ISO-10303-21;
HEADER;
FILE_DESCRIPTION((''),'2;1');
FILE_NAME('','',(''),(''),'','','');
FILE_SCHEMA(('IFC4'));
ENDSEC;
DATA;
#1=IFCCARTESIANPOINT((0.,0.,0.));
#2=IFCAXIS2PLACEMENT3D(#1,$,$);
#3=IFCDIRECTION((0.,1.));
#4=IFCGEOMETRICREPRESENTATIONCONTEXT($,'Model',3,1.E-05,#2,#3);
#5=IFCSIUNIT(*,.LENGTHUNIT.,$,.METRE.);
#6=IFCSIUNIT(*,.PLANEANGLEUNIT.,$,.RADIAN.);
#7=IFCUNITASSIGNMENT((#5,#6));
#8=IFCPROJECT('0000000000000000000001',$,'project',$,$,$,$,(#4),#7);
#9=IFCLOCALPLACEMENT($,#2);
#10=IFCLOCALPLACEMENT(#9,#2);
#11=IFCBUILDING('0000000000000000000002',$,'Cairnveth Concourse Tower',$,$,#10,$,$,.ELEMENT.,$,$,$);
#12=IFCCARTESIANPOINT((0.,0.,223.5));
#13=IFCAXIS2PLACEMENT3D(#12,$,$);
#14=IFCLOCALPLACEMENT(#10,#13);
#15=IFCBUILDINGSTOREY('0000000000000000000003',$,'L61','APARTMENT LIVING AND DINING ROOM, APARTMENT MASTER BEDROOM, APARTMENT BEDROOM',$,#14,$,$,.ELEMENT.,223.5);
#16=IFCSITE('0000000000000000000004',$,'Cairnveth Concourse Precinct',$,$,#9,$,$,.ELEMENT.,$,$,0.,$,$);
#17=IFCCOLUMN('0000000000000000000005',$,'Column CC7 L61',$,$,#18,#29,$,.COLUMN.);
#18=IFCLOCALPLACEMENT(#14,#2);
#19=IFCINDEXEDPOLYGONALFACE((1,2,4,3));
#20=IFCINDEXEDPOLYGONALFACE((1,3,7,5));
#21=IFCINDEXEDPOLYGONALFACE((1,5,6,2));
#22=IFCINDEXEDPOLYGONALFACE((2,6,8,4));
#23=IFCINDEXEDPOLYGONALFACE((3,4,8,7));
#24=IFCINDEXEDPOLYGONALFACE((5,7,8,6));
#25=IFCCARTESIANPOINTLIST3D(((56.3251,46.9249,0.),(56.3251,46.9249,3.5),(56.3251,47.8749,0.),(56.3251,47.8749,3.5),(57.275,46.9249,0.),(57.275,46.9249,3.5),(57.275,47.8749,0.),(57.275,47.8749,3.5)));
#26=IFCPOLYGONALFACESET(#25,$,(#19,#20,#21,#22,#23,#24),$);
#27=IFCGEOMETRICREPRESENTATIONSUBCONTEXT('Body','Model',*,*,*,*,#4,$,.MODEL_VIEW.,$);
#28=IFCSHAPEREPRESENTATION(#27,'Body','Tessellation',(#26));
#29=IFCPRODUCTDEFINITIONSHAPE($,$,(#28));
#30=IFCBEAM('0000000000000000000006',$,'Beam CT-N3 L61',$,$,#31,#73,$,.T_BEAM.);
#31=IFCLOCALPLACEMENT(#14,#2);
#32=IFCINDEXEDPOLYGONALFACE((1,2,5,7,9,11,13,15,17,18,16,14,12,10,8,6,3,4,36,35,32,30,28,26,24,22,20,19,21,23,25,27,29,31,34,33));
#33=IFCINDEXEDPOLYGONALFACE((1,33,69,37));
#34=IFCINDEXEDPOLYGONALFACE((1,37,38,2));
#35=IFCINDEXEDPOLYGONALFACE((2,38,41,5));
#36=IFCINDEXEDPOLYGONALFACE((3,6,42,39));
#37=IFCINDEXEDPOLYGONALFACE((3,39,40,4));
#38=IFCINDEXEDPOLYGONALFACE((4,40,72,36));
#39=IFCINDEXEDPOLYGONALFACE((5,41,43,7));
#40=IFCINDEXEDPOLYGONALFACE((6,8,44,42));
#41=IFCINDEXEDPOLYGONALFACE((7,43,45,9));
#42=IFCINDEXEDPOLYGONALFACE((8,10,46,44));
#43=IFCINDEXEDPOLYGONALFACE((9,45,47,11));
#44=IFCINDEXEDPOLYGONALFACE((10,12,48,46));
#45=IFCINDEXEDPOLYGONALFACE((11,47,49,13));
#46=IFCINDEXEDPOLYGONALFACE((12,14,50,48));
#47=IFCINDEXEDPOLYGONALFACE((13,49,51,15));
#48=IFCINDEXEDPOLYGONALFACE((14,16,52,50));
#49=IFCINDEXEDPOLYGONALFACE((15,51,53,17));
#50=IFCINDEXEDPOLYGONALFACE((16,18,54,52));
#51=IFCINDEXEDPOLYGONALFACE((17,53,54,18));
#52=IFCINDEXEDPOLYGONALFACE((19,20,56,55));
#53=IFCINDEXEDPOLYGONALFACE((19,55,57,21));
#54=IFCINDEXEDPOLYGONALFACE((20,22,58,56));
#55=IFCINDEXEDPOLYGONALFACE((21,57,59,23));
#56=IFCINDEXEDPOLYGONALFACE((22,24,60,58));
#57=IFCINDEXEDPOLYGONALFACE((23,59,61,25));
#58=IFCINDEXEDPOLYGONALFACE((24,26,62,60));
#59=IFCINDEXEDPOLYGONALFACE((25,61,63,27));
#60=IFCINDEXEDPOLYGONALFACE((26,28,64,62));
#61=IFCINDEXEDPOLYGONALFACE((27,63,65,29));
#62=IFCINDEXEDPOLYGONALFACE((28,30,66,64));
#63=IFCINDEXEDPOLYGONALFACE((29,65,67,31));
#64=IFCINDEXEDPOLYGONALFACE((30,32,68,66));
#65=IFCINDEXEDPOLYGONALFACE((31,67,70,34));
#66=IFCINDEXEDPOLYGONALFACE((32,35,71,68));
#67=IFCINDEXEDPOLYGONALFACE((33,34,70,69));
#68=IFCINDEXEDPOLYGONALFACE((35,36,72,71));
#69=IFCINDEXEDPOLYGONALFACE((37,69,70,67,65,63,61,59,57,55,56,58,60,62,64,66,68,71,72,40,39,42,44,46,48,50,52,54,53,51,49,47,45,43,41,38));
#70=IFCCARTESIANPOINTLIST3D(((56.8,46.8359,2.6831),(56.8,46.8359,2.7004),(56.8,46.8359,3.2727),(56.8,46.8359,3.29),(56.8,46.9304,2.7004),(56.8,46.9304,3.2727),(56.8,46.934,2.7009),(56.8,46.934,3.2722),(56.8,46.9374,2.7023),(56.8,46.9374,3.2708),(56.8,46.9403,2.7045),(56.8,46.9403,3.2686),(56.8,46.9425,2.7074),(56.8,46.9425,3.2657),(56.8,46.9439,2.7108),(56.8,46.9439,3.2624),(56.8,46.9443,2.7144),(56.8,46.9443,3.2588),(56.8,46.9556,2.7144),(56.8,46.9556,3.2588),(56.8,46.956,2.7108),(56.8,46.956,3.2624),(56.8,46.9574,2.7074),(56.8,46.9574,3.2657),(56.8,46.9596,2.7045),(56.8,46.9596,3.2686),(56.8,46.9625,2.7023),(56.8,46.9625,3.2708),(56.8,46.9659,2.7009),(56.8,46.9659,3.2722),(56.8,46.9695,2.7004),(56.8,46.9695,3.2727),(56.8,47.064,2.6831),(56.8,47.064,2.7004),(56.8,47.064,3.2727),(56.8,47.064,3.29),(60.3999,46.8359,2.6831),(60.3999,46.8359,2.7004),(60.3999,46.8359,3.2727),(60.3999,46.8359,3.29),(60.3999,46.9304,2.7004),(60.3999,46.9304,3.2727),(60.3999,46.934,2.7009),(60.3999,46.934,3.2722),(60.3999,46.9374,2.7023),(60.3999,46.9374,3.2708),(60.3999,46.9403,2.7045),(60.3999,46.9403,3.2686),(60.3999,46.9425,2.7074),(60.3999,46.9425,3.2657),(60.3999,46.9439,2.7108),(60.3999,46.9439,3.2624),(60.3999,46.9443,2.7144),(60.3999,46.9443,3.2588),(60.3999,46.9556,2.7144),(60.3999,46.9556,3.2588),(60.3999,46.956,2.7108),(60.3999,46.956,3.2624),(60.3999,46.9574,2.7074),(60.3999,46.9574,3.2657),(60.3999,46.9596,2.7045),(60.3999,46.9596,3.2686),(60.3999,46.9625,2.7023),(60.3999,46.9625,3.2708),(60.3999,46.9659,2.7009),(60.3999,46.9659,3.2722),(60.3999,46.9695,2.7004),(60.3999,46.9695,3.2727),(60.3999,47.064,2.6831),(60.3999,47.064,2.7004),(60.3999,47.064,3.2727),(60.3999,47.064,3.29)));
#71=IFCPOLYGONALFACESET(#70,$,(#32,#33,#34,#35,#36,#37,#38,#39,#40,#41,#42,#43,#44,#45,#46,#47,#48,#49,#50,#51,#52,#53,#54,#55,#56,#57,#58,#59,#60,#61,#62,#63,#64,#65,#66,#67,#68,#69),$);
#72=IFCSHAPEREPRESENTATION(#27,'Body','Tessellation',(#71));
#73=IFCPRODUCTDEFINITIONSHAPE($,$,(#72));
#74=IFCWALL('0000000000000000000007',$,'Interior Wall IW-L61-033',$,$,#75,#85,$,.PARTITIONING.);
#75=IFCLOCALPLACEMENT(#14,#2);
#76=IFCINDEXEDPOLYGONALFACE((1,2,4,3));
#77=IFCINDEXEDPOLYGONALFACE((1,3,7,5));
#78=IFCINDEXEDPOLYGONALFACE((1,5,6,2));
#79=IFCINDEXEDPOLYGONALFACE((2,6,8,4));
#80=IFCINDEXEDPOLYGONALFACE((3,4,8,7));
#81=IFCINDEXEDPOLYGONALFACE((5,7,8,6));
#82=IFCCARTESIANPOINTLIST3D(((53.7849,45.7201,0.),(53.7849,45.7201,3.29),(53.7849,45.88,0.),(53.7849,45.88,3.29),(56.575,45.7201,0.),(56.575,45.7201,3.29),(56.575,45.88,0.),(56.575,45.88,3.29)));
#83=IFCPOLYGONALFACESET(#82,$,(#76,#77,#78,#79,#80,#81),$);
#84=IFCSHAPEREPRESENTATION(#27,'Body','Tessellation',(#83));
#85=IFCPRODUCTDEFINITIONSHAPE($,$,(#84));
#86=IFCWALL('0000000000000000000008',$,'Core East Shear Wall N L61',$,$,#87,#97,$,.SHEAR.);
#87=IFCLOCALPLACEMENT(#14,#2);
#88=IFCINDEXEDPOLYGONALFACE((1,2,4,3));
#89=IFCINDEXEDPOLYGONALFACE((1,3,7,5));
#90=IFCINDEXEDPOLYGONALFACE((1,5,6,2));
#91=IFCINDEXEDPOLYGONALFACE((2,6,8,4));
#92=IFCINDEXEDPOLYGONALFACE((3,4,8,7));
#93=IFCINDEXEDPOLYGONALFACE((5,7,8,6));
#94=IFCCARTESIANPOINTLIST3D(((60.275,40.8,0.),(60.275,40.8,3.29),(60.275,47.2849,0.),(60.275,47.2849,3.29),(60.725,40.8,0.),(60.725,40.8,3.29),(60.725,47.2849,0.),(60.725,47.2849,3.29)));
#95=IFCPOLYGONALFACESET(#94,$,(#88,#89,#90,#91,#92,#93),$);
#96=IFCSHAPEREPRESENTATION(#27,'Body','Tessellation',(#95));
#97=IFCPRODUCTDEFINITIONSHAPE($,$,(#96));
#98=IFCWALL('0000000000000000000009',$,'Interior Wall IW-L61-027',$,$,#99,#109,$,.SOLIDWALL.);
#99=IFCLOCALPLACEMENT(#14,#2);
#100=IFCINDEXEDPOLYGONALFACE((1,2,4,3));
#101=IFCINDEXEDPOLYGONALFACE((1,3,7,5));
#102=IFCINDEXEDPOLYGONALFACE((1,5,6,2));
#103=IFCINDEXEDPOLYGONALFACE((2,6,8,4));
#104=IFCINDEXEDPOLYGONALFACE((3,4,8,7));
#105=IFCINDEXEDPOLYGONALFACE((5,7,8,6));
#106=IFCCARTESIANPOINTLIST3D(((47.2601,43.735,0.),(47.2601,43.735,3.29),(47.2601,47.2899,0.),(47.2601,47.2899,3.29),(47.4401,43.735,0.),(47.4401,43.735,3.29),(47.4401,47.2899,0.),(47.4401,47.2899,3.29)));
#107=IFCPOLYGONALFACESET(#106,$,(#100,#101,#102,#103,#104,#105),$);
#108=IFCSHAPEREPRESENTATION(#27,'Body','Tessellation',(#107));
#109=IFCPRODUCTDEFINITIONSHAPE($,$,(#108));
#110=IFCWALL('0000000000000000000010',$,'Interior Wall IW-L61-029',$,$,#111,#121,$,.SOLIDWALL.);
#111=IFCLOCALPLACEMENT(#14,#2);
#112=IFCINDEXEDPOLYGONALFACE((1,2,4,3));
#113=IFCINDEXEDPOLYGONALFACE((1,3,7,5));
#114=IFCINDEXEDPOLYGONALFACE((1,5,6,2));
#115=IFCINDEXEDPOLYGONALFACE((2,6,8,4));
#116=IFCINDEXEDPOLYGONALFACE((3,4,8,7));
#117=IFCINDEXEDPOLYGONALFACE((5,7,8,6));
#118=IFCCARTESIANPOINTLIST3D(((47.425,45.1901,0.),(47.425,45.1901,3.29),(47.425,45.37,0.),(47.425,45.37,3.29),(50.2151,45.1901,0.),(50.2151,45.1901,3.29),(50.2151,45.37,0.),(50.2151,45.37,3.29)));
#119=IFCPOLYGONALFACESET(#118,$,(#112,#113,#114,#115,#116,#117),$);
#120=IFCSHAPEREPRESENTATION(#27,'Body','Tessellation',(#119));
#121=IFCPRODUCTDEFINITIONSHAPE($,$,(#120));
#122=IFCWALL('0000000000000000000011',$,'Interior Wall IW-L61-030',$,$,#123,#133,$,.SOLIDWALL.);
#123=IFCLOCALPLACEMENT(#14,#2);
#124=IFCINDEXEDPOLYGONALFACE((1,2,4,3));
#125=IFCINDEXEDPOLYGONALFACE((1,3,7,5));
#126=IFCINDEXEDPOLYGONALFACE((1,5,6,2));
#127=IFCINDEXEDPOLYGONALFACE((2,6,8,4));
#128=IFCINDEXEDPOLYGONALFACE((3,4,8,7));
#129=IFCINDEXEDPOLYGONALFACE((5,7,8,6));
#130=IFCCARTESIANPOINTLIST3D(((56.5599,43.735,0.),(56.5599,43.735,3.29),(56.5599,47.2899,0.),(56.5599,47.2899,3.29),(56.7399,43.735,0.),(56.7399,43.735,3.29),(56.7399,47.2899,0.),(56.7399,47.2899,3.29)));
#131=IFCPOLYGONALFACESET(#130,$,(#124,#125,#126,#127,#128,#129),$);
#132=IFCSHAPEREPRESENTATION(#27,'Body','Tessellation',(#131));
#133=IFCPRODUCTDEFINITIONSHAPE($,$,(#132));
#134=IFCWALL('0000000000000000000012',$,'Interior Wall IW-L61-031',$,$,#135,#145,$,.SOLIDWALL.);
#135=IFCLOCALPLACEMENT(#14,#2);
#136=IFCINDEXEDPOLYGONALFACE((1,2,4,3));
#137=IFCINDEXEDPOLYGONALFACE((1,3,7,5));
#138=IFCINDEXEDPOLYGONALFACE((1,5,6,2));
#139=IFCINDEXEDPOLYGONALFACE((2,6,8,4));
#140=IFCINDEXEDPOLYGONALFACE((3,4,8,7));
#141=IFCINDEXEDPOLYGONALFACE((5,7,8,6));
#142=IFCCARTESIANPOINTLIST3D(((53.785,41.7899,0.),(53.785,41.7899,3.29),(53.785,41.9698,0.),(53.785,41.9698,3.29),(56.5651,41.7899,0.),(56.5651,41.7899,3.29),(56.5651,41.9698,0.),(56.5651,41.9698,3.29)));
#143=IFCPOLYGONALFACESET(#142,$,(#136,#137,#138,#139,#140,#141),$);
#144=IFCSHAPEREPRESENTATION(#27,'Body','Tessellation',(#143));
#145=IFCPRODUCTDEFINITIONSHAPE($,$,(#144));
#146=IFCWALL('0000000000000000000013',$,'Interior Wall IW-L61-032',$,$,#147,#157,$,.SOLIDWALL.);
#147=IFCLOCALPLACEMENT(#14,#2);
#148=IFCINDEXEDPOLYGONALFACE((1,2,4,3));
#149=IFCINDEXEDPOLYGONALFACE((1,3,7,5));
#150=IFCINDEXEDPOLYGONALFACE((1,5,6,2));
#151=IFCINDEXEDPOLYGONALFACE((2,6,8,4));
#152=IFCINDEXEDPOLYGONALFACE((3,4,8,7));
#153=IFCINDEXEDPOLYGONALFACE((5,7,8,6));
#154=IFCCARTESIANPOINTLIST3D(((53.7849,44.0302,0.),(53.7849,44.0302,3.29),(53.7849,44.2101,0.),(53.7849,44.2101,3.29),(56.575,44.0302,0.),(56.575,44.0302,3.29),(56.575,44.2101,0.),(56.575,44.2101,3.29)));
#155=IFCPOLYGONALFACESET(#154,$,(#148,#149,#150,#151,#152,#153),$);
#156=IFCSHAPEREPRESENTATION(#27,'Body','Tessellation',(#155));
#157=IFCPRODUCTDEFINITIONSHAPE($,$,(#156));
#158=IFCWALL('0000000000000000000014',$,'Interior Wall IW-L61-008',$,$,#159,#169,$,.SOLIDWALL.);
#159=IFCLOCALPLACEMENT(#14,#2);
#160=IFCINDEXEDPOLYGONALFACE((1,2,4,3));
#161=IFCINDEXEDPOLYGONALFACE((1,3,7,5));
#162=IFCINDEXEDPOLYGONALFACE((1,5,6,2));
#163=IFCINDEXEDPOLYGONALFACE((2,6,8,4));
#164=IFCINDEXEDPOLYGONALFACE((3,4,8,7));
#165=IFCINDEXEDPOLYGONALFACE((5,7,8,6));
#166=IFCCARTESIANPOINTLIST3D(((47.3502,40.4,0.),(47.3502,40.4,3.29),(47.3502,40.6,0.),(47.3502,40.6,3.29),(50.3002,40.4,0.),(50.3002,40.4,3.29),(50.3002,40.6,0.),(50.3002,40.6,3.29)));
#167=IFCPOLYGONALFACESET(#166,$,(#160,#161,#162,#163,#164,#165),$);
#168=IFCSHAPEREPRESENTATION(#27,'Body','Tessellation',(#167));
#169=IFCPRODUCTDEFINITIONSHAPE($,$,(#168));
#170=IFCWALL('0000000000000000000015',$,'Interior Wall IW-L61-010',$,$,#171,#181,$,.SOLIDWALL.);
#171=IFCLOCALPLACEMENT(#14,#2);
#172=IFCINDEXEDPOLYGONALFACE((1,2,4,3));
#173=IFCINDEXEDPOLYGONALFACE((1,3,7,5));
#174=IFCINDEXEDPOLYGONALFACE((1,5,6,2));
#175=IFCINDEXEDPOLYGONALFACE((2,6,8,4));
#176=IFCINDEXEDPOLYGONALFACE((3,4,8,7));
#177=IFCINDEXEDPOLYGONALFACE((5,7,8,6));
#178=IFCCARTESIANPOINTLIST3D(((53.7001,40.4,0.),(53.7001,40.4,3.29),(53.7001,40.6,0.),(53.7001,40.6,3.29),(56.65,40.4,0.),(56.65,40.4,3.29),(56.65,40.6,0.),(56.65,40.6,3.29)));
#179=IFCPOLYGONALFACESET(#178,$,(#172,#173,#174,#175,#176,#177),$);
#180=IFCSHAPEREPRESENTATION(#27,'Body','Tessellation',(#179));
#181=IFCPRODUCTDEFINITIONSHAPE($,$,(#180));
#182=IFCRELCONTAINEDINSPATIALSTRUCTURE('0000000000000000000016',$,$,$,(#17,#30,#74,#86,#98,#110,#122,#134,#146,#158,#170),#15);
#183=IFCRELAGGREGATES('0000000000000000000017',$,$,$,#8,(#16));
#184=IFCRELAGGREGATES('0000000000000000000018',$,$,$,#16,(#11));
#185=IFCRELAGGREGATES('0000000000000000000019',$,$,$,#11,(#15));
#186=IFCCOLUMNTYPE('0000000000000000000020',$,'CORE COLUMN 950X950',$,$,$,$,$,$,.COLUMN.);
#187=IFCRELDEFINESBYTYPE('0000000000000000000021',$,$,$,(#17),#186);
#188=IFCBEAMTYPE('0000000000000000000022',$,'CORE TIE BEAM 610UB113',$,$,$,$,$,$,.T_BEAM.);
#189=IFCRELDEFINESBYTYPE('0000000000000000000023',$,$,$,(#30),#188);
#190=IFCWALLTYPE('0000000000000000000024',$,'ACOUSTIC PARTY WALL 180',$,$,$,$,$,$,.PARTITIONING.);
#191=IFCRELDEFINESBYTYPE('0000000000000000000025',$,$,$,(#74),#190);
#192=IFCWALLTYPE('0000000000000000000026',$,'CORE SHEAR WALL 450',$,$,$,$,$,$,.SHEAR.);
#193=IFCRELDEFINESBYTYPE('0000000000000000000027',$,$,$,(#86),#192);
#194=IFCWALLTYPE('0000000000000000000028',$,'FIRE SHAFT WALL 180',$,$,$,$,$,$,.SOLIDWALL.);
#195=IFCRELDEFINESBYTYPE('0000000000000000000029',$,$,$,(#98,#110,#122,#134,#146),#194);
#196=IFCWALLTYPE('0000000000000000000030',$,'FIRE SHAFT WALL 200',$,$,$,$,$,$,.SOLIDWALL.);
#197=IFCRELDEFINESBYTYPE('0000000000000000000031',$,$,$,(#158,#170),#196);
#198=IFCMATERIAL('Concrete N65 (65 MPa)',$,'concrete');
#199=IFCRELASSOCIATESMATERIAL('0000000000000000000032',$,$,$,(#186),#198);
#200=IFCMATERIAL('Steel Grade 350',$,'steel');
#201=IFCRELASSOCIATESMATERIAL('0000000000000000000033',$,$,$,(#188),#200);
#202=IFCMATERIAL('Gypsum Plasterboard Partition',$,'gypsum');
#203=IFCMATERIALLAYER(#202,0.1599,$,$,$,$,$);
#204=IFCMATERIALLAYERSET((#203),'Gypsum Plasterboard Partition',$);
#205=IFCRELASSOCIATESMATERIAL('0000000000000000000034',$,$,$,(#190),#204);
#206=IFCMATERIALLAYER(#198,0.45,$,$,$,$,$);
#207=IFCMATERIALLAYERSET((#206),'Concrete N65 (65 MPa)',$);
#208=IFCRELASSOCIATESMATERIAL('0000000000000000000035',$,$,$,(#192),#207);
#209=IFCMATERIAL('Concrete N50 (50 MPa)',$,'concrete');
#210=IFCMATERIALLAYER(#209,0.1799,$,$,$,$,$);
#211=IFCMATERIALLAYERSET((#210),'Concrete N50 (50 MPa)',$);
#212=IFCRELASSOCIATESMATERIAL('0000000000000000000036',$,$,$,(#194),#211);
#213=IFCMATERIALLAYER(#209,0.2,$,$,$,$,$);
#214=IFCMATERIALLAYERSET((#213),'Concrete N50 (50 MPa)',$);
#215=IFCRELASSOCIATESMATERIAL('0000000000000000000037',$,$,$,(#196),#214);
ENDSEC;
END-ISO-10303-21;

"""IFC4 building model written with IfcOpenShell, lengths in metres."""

from ifc_helpers import new_model, si_unit, direction, frame, frame_2d, origin, origin_2d, place, context, subcontext, project, spatial, rectangle, i_section, extrude, material, layer, layer_set, material_profile, profile_set, type_object, element, save


model = new_model("IFC4")

# Units and contexts
model_context = context("Model", 3, precision=1e-05, world=origin(), true_north=direction((0.0, 1.0)))
body_context = subcontext(model_context, "Body", "Model", "MODEL_VIEW")
ifc_project = project(units=[si_unit("LENGTHUNIT", "METRE"), si_unit("PLANEANGLEUNIT", "RADIAN")], contexts=[model_context])

# Site, building, storey
site_placement = place(None, origin())
site = spatial("IfcSite", under=ifc_project, at=site_placement, Name="Cairnveth Concourse Precinct", CompositionType="ELEMENT", RefElevation=0.0)
building_placement = place(site_placement, origin())
building = spatial("IfcBuilding", under=site, at=building_placement, Name="Cairnveth Concourse Tower", CompositionType="ELEMENT")
storey_placement = place(building_placement, frame((0.0, 0.0, 223.5)))
storey = spatial("IfcBuildingStorey", under=building, at=storey_placement, Name="L61", Description="APARTMENT LIVING AND DINING ROOM, APARTMENT MASTER BEDROOM, APARTMENT BEDROOM", CompositionType="ELEMENT", Elevation=223.5)

# Column
ifc_material_1 = material(Name="Concrete N65 (65 MPa)", Category="concrete")
ifc_material_profile_1 = material_profile(ifc_material_1, rectangle(XDim=0.95, YDim=0.95, at=origin_2d()), Name="RC-COL-950x950")
ifc_profile_set_1 = profile_set([ifc_material_profile_1], Name="Concrete N65 (65 MPa)")
column_type = type_object("IfcColumnType", Name="CORE COLUMN 950X950", PredefinedType="COLUMN", material=ifc_profile_set_1)
column_placement = place(storey_placement, frame((56.8, 47.3999, 0.0), z_axis=(0.0, 0.0, 1.0), x_axis=(1.0, 0.0, 0.0)))
element("IfcColumn", 1, at=column_placement, inside=storey, type_object=column_type, Name="Column CC7 L61", PredefinedType="COLUMN", context=body_context, shape_type="SweptSolid", body=[
    extrude(rectangle(XDim=0.95, YDim=0.95, at=origin_2d()), origin(), (0.0, 0.0, 1.0), 3.5),
])

# Beam
ifc_material_2 = material(Name="Steel Grade 350", Category="steel")
ifc_material_profile_2 = material_profile(ifc_material_2, i_section(OverallWidth=0.228, OverallDepth=0.6069, WebThickness=0.0112, FlangeThickness=0.0173, FilletRadius=0.0139, at=origin_2d()), Name="610UB113")
ifc_profile_set_2 = profile_set([ifc_material_profile_2], Name="Steel Grade 350")
beam_type = type_object("IfcBeamType", Name="CORE TIE BEAM 610UB113", PredefinedType="T_BEAM", material=ifc_profile_set_2)
beam_placement = place(storey_placement, frame((56.8, 46.95, 2.9866), z_axis=(1.0, 0.0, 0.0), x_axis=(0.0, 1.0, 0.0)))
element("IfcBeam", 2, at=beam_placement, inside=storey, type_object=beam_type, Name="Beam CT-N3 L61", PredefinedType="T_BEAM", context=body_context, shape_type="SweptSolid", body=[
    extrude(i_section(OverallWidth=0.228, OverallDepth=0.6069, WebThickness=0.0112, FlangeThickness=0.0173, FilletRadius=0.0139, at=origin_2d()), origin(), (0.0, 0.0, 1.0), 3.5999),
])

# Walls
ifc_material_3 = material(Name="Gypsum Plasterboard Partition", Category="gypsum")
ifc_layer_1 = layer(ifc_material_3, 0.1599)
ifc_layer_set_1 = layer_set([ifc_layer_1], Name="Gypsum Plasterboard Partition")
wall_type_1 = type_object("IfcWallType", Name="ACOUSTIC PARTY WALL 180", PredefinedType="PARTITIONING", material=ifc_layer_set_1)
wall_1_placement = place(storey_placement, frame((53.7849, 45.8, 0.0), z_axis=(0.0, 0.0, 1.0), x_axis=(1.0, 0.0, 0.0)))
element("IfcWall", 3, at=wall_1_placement, inside=storey, type_object=wall_type_1, Name="Interior Wall IW-L61-033", PredefinedType="PARTITIONING", context=body_context, shape_type="SweptSolid", body=[
    extrude(rectangle(XDim=2.79, YDim=0.1599, at=frame_2d((1.395, 0.0))), origin(), (0.0, 0.0, 1.0), 3.29),
])
ifc_layer_2 = layer(ifc_material_1, 0.45)
ifc_layer_set_2 = layer_set([ifc_layer_2], Name="Concrete N65 (65 MPa)")
wall_type_2 = type_object("IfcWallType", Name="CORE SHEAR WALL 450", PredefinedType="SHEAR", material=ifc_layer_set_2)
wall_2_placement = place(storey_placement, frame((60.5, 40.8, 0.0), z_axis=(0.0, 0.0, 1.0), x_axis=(0.0, 1.0, 0.0)))
element("IfcWall", 4, at=wall_2_placement, inside=storey, type_object=wall_type_2, Name="Core East Shear Wall N L61", PredefinedType="SHEAR", context=body_context, shape_type="SweptSolid", body=[
    extrude(rectangle(XDim=6.4849, YDim=0.45, at=frame_2d((3.2424, 0.0))), origin(), (0.0, 0.0, 1.0), 3.29),
])
ifc_material_4 = material(Name="Concrete N50 (50 MPa)", Category="concrete")
ifc_layer_3 = layer(ifc_material_4, 0.1799)
ifc_layer_set_3 = layer_set([ifc_layer_3], Name="Concrete N50 (50 MPa)")
wall_type_3 = type_object("IfcWallType", Name="FIRE SHAFT WALL 180", PredefinedType="SOLIDWALL", material=ifc_layer_set_3)
wall_3_placement = place(storey_placement, frame((47.3501, 43.7351, 0.0), z_axis=(0.0, 0.0, 1.0), x_axis=(0.0, 1.0, 0.0)))
element("IfcWall", 5, at=wall_3_placement, inside=storey, type_object=wall_type_3, Name="Interior Wall IW-L61-027", PredefinedType="SOLIDWALL", context=body_context, shape_type="SweptSolid", body=[
    extrude(rectangle(XDim=3.5549, YDim=0.1799, at=frame_2d((1.7773, 0.0))), origin(), (0.0, 0.0, 1.0), 3.29),
])
wall_4_placement = place(storey_placement, frame((47.425, 45.28, 0.0), z_axis=(0.0, 0.0, 1.0), x_axis=(1.0, 0.0, 0.0)))
element("IfcWall", 6, at=wall_4_placement, inside=storey, type_object=wall_type_3, Name="Interior Wall IW-L61-029", PredefinedType="SOLIDWALL", context=body_context, shape_type="SweptSolid", body=[
    extrude(rectangle(XDim=2.79, YDim=0.1799, at=frame_2d((1.395, 0.0))), origin(), (0.0, 0.0, 1.0), 3.29),
])
wall_5_placement = place(storey_placement, frame((56.6499, 43.7351, 0.0), z_axis=(0.0, 0.0, 1.0), x_axis=(0.0, 1.0, 0.0)))
element("IfcWall", 7, at=wall_5_placement, inside=storey, type_object=wall_type_3, Name="Interior Wall IW-L61-030", PredefinedType="SOLIDWALL", context=body_context, shape_type="SweptSolid", body=[
    extrude(rectangle(XDim=3.5549, YDim=0.1799, at=frame_2d((1.7773, 0.0))), origin(), (0.0, 0.0, 1.0), 3.29),
])
wall_6_placement = place(storey_placement, frame((53.7849, 41.8799, 0.0), z_axis=(0.0, 0.0, 1.0), x_axis=(1.0, 0.0, 0.0)))
element("IfcWall", 8, at=wall_6_placement, inside=storey, type_object=wall_type_3, Name="Interior Wall IW-L61-031", PredefinedType="SOLIDWALL", context=body_context, shape_type="SweptSolid", body=[
    extrude(rectangle(XDim=2.78, YDim=0.1799, at=frame_2d((1.3901, 0.0))), origin(), (0.0, 0.0, 1.0), 3.29),
])
wall_7_placement = place(storey_placement, frame((53.7849, 44.1201, 0.0), z_axis=(0.0, 0.0, 1.0), x_axis=(1.0, 0.0, 0.0)))
element("IfcWall", 9, at=wall_7_placement, inside=storey, type_object=wall_type_3, Name="Interior Wall IW-L61-032", PredefinedType="SOLIDWALL", context=body_context, shape_type="SweptSolid", body=[
    extrude(rectangle(XDim=2.79, YDim=0.1799, at=frame_2d((1.395, 0.0))), origin(), (0.0, 0.0, 1.0), 3.29),
])
ifc_layer_4 = layer(ifc_material_4, 0.2)
ifc_layer_set_4 = layer_set([ifc_layer_4], Name="Concrete N50 (50 MPa)")
wall_type_4 = type_object("IfcWallType", Name="FIRE SHAFT WALL 200", PredefinedType="SOLIDWALL", material=ifc_layer_set_4)
for number, where, z_axis, x_axis, name in (
    (10, (47.3501, 40.5, 0.0), (0.0, 0.0, 1.0), (1.0, 0.0, 0.0), "Interior Wall IW-L61-008"),
    (11, (53.7, 40.5, 0.0), (0.0, 0.0, 1.0), (1.0, 0.0, 0.0), "Interior Wall IW-L61-010"),
):
    element("IfcWall", number, at=place(storey_placement, frame(where, z_axis=z_axis, x_axis=x_axis)), inside=storey, type_object=wall_type_4, Name=name, PredefinedType="SOLIDWALL", context=body_context, shape_type="SweptSolid", body=[
        extrude(rectangle(XDim=2.95, YDim=0.2, at=frame_2d((1.4751, 0.0))), origin(), (0.0, 0.0, 1.0), 3.29),
    ])

save(model, "model.ifc")
